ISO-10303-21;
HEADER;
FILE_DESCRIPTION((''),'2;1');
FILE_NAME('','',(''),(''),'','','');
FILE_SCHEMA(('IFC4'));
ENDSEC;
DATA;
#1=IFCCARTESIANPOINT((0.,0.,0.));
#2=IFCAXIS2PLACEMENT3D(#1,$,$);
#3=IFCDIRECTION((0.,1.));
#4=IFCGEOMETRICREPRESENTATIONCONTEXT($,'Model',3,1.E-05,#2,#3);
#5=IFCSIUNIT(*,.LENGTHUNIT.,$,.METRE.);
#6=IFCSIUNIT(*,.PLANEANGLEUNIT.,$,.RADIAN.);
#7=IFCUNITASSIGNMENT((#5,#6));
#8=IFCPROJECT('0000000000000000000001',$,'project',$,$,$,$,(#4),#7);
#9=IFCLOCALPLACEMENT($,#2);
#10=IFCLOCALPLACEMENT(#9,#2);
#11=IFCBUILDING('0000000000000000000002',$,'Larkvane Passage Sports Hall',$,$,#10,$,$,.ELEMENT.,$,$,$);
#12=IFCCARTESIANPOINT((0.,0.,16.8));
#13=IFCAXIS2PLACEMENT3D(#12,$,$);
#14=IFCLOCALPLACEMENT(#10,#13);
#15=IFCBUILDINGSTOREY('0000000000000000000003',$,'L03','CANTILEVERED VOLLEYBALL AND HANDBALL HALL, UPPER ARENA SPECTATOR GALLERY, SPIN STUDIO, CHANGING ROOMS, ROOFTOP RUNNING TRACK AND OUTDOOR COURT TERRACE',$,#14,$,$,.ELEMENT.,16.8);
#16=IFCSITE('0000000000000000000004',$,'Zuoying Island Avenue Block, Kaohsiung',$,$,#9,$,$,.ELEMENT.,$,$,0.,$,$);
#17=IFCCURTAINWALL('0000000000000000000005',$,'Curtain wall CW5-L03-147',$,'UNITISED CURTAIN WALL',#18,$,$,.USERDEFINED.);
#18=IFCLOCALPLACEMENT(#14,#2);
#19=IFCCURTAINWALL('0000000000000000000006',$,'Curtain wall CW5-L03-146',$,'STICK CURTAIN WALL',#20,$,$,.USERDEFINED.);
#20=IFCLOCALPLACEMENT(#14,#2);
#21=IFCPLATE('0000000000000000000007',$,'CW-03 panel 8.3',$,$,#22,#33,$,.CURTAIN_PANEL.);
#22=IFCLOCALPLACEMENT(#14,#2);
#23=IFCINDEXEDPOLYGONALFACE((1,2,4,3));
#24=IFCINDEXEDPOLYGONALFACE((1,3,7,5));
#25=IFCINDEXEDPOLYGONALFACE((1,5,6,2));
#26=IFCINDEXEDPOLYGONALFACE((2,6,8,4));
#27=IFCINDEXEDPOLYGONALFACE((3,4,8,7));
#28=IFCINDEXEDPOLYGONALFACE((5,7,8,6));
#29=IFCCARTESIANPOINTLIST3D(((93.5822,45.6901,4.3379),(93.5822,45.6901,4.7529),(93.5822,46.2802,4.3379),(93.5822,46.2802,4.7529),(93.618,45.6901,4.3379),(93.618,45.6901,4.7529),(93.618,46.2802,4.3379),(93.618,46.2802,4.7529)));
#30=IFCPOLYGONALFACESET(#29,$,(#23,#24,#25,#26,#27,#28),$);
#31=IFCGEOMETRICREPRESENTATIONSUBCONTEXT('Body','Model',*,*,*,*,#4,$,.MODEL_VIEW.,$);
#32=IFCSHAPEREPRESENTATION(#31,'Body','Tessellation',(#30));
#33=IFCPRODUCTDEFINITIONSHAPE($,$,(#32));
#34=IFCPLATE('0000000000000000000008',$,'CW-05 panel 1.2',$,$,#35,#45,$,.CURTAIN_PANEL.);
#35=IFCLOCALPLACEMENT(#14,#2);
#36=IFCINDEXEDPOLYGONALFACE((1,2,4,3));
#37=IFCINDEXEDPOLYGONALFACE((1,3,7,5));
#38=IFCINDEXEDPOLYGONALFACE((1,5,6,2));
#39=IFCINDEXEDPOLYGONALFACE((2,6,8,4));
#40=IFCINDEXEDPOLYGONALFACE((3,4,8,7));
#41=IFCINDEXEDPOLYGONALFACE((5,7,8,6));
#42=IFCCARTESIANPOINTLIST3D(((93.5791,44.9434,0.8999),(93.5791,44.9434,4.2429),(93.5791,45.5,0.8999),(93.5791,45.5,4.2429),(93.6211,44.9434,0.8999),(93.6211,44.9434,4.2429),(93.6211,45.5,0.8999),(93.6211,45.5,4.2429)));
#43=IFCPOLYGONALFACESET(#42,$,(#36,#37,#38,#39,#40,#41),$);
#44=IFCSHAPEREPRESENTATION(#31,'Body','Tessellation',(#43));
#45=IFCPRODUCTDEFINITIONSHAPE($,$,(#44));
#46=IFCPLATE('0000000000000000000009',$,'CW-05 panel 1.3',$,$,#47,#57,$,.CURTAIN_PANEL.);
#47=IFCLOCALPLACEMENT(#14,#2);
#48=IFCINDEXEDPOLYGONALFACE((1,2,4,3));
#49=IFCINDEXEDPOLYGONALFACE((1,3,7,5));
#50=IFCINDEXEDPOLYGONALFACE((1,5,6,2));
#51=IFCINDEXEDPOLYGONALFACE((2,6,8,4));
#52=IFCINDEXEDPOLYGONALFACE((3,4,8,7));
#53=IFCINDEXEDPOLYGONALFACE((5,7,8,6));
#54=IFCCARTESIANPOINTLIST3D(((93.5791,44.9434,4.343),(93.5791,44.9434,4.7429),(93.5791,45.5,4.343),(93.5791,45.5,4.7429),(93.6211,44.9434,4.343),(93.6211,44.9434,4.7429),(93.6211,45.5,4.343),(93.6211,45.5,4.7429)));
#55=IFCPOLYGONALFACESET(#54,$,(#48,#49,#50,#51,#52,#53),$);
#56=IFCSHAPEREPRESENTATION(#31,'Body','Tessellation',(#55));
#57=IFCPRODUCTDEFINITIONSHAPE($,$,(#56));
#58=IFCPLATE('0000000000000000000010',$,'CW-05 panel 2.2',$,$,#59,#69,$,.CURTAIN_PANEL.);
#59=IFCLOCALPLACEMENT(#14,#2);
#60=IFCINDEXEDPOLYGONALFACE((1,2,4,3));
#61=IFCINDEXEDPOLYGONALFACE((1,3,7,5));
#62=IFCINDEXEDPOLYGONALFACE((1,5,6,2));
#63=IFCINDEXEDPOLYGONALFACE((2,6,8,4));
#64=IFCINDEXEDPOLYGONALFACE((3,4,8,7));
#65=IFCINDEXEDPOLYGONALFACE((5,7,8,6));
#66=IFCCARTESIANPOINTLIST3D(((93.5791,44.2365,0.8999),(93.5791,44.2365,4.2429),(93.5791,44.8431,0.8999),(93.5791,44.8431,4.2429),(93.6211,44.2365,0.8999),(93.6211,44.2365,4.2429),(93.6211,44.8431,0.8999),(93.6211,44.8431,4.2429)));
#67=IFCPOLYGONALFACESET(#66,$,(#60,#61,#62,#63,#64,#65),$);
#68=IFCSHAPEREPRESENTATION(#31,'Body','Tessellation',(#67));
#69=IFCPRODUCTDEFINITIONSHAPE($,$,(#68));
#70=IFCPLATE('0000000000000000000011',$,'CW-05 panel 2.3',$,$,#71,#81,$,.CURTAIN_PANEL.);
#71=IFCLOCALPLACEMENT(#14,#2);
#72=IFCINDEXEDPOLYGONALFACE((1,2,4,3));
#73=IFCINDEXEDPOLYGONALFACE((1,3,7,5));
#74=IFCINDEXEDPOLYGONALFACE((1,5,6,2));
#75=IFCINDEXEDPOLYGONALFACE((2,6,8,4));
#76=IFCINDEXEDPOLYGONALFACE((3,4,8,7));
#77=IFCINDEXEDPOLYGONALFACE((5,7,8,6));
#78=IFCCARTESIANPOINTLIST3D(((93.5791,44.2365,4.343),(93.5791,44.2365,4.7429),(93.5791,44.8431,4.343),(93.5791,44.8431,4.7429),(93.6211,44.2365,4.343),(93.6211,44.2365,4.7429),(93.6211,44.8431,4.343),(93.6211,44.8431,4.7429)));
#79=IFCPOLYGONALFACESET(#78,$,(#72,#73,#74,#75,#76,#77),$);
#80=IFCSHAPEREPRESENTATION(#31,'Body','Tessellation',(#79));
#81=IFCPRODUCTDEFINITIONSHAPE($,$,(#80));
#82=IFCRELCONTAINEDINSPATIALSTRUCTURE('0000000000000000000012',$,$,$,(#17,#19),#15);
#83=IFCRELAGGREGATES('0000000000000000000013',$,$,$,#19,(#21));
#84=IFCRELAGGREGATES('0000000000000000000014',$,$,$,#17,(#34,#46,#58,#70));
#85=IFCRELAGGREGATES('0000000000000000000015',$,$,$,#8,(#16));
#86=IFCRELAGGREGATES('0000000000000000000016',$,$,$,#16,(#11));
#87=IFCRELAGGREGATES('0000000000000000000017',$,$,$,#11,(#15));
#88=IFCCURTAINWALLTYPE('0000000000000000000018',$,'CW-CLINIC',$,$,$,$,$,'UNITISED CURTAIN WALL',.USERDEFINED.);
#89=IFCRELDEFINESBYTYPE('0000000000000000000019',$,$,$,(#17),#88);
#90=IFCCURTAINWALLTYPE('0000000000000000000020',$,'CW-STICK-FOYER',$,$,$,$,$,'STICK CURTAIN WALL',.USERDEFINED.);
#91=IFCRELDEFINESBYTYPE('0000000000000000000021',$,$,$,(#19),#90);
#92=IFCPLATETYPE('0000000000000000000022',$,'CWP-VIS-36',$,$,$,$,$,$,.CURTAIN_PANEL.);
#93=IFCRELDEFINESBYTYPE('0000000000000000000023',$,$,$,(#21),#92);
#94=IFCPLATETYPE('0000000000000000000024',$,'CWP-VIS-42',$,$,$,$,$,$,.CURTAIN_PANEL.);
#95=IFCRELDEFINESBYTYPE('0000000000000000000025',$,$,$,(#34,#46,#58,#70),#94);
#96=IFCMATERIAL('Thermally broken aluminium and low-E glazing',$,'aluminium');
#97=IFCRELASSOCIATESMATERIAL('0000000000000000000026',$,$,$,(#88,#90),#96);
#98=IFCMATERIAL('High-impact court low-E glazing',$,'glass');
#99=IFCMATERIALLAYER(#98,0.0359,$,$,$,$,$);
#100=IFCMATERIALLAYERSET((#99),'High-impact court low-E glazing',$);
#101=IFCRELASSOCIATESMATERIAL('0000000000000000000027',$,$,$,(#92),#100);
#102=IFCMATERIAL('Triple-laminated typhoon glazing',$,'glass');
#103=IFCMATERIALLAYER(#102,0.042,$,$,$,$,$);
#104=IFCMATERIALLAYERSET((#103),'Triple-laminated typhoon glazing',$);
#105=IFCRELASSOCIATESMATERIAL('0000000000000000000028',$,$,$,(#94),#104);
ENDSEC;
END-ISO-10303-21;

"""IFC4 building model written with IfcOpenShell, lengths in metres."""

from ifc_helpers import new_model, si_unit, direction, frame, origin, origin_2d, place, context, subcontext, project, spatial, rectangle, extrude, material, layer, layer_set, type_object, element, aggregate, save


model = new_model("IFC4")

# Units and contexts
model_context = context("Model", 3, precision=1e-05, world=origin(), true_north=direction((0.0, 1.0)))
body_context = subcontext(model_context, "Body", "Model", "MODEL_VIEW")
ifc_project = project(units=[si_unit("LENGTHUNIT", "METRE"), si_unit("PLANEANGLEUNIT", "RADIAN")], contexts=[model_context])

# Site, building, storey
site_placement = place(None, origin())
site = spatial("IfcSite", under=ifc_project, at=site_placement, Name="Zuoying Island Avenue Block, Kaohsiung", CompositionType="ELEMENT", RefElevation=0.0)
building_placement = place(site_placement, origin())
building = spatial("IfcBuilding", under=site, at=building_placement, Name="Larkvane Passage Sports Hall", CompositionType="ELEMENT")
storey_placement = place(building_placement, frame((0.0, 0.0, 16.8)))
storey = spatial("IfcBuildingStorey", under=building, at=storey_placement, Name="L03", Description="CANTILEVERED VOLLEYBALL AND HANDBALL HALL, UPPER ARENA SPECTATOR GALLERY, SPIN STUDIO, CHANGING ROOMS, ROOFTOP RUNNING TRACK AND OUTDOOR COURT TERRACE", CompositionType="ELEMENT", Elevation=16.8)

# Curtain walls
ifc_material_1 = material(Name="Thermally broken aluminium and low-E glazing", Category="aluminium")
curtain_wall_type_1 = type_object("IfcCurtainWallType", Name="CW-CLINIC", ElementType="UNITISED CURTAIN WALL", PredefinedType="USERDEFINED", material=ifc_material_1)
curtain_wall_1_placement = place(storey_placement, origin())
curtain_wall_1 = element("IfcCurtainWall", 1, at=curtain_wall_1_placement, inside=storey, type_object=curtain_wall_type_1, Name="Curtain wall CW5-L03-147", ObjectType="UNITISED CURTAIN WALL", PredefinedType="USERDEFINED")
curtain_wall_type_2 = type_object("IfcCurtainWallType", Name="CW-STICK-FOYER", ElementType="STICK CURTAIN WALL", PredefinedType="USERDEFINED", material=ifc_material_1)
curtain_wall_2_placement = place(storey_placement, origin())
curtain_wall_2 = element("IfcCurtainWall", 2, at=curtain_wall_2_placement, inside=storey, type_object=curtain_wall_type_2, Name="Curtain wall CW5-L03-146", ObjectType="STICK CURTAIN WALL", PredefinedType="USERDEFINED")

# Plates
ifc_material_2 = material(Name="High-impact court low-E glazing", Category="glass")
ifc_layer_1 = layer(ifc_material_2, 0.0359)
ifc_layer_set_1 = layer_set([ifc_layer_1], Name="High-impact court low-E glazing")
plate_type_1 = type_object("IfcPlateType", Name="CWP-VIS-36", PredefinedType="CURTAIN_PANEL", material=ifc_layer_set_1)
plate_1_placement = place(storey_placement, frame((93.6001, 45.9851, 4.3379), z_axis=(0.0, 0.0, 1.0), x_axis=(0.0, -1.0, 0.0)))
plate_1 = element("IfcPlate", 3, at=plate_1_placement, type_object=plate_type_1, Name="CW-03 panel 8.3", PredefinedType="CURTAIN_PANEL", context=body_context, shape_type="SweptSolid", body=[
    extrude(rectangle(XDim=0.5901, YDim=0.0359, at=origin_2d()), origin(), (0.0, 0.0, 1.0), 0.415),
])
aggregate(curtain_wall_2, [plate_1])
ifc_material_3 = material(Name="Triple-laminated typhoon glazing", Category="glass")
ifc_layer_2 = layer(ifc_material_3, 0.042)
ifc_layer_set_2 = layer_set([ifc_layer_2], Name="Triple-laminated typhoon glazing")
plate_type_2 = type_object("IfcPlateType", Name="CWP-VIS-42", PredefinedType="CURTAIN_PANEL", material=ifc_layer_set_2)
plate_2_placement = place(storey_placement, frame((93.6001, 45.2217, 0.8999), z_axis=(0.0, 0.0, 1.0), x_axis=(0.0, -1.0, 0.0)))
plate_2 = element("IfcPlate", 4, at=plate_2_placement, type_object=plate_type_2, Name="CW-05 panel 1.2", PredefinedType="CURTAIN_PANEL", context=body_context, shape_type="SweptSolid", body=[
    extrude(rectangle(XDim=0.5566, YDim=0.042, at=origin_2d()), origin(), (0.0, 0.0, 1.0), 3.343),
])
plate_3_placement = place(storey_placement, frame((93.6001, 45.2217, 4.343), z_axis=(0.0, 0.0, 1.0), x_axis=(0.0, -1.0, 0.0)))
plate_3 = element("IfcPlate", 5, at=plate_3_placement, type_object=plate_type_2, Name="CW-05 panel 1.3", PredefinedType="CURTAIN_PANEL", context=body_context, shape_type="SweptSolid", body=[
    extrude(rectangle(XDim=0.5566, YDim=0.042, at=origin_2d()), origin(), (0.0, 0.0, 1.0), 0.3999),
])
plate_4_placement = place(storey_placement, frame((93.6001, 44.5398, 0.8999), z_axis=(0.0, 0.0, 1.0), x_axis=(0.0, -1.0, 0.0)))
plate_4 = element("IfcPlate", 6, at=plate_4_placement, type_object=plate_type_2, Name="CW-05 panel 2.2", PredefinedType="CURTAIN_PANEL", context=body_context, shape_type="SweptSolid", body=[
    extrude(rectangle(XDim=0.6067, YDim=0.042, at=origin_2d()), origin(), (0.0, 0.0, 1.0), 3.343),
])
plate_5_placement = place(storey_placement, frame((93.6001, 44.5398, 4.343), z_axis=(0.0, 0.0, 1.0), x_axis=(0.0, -1.0, 0.0)))
plate_5 = element("IfcPlate", 7, at=plate_5_placement, type_object=plate_type_2, Name="CW-05 panel 2.3", PredefinedType="CURTAIN_PANEL", context=body_context, shape_type="SweptSolid", body=[
    extrude(rectangle(XDim=0.6067, YDim=0.042, at=origin_2d()), origin(), (0.0, 0.0, 1.0), 0.3999),
])
aggregate(curtain_wall_1, [plate_2, plate_3, plate_4, plate_5])

save(model, "model.ifc")
